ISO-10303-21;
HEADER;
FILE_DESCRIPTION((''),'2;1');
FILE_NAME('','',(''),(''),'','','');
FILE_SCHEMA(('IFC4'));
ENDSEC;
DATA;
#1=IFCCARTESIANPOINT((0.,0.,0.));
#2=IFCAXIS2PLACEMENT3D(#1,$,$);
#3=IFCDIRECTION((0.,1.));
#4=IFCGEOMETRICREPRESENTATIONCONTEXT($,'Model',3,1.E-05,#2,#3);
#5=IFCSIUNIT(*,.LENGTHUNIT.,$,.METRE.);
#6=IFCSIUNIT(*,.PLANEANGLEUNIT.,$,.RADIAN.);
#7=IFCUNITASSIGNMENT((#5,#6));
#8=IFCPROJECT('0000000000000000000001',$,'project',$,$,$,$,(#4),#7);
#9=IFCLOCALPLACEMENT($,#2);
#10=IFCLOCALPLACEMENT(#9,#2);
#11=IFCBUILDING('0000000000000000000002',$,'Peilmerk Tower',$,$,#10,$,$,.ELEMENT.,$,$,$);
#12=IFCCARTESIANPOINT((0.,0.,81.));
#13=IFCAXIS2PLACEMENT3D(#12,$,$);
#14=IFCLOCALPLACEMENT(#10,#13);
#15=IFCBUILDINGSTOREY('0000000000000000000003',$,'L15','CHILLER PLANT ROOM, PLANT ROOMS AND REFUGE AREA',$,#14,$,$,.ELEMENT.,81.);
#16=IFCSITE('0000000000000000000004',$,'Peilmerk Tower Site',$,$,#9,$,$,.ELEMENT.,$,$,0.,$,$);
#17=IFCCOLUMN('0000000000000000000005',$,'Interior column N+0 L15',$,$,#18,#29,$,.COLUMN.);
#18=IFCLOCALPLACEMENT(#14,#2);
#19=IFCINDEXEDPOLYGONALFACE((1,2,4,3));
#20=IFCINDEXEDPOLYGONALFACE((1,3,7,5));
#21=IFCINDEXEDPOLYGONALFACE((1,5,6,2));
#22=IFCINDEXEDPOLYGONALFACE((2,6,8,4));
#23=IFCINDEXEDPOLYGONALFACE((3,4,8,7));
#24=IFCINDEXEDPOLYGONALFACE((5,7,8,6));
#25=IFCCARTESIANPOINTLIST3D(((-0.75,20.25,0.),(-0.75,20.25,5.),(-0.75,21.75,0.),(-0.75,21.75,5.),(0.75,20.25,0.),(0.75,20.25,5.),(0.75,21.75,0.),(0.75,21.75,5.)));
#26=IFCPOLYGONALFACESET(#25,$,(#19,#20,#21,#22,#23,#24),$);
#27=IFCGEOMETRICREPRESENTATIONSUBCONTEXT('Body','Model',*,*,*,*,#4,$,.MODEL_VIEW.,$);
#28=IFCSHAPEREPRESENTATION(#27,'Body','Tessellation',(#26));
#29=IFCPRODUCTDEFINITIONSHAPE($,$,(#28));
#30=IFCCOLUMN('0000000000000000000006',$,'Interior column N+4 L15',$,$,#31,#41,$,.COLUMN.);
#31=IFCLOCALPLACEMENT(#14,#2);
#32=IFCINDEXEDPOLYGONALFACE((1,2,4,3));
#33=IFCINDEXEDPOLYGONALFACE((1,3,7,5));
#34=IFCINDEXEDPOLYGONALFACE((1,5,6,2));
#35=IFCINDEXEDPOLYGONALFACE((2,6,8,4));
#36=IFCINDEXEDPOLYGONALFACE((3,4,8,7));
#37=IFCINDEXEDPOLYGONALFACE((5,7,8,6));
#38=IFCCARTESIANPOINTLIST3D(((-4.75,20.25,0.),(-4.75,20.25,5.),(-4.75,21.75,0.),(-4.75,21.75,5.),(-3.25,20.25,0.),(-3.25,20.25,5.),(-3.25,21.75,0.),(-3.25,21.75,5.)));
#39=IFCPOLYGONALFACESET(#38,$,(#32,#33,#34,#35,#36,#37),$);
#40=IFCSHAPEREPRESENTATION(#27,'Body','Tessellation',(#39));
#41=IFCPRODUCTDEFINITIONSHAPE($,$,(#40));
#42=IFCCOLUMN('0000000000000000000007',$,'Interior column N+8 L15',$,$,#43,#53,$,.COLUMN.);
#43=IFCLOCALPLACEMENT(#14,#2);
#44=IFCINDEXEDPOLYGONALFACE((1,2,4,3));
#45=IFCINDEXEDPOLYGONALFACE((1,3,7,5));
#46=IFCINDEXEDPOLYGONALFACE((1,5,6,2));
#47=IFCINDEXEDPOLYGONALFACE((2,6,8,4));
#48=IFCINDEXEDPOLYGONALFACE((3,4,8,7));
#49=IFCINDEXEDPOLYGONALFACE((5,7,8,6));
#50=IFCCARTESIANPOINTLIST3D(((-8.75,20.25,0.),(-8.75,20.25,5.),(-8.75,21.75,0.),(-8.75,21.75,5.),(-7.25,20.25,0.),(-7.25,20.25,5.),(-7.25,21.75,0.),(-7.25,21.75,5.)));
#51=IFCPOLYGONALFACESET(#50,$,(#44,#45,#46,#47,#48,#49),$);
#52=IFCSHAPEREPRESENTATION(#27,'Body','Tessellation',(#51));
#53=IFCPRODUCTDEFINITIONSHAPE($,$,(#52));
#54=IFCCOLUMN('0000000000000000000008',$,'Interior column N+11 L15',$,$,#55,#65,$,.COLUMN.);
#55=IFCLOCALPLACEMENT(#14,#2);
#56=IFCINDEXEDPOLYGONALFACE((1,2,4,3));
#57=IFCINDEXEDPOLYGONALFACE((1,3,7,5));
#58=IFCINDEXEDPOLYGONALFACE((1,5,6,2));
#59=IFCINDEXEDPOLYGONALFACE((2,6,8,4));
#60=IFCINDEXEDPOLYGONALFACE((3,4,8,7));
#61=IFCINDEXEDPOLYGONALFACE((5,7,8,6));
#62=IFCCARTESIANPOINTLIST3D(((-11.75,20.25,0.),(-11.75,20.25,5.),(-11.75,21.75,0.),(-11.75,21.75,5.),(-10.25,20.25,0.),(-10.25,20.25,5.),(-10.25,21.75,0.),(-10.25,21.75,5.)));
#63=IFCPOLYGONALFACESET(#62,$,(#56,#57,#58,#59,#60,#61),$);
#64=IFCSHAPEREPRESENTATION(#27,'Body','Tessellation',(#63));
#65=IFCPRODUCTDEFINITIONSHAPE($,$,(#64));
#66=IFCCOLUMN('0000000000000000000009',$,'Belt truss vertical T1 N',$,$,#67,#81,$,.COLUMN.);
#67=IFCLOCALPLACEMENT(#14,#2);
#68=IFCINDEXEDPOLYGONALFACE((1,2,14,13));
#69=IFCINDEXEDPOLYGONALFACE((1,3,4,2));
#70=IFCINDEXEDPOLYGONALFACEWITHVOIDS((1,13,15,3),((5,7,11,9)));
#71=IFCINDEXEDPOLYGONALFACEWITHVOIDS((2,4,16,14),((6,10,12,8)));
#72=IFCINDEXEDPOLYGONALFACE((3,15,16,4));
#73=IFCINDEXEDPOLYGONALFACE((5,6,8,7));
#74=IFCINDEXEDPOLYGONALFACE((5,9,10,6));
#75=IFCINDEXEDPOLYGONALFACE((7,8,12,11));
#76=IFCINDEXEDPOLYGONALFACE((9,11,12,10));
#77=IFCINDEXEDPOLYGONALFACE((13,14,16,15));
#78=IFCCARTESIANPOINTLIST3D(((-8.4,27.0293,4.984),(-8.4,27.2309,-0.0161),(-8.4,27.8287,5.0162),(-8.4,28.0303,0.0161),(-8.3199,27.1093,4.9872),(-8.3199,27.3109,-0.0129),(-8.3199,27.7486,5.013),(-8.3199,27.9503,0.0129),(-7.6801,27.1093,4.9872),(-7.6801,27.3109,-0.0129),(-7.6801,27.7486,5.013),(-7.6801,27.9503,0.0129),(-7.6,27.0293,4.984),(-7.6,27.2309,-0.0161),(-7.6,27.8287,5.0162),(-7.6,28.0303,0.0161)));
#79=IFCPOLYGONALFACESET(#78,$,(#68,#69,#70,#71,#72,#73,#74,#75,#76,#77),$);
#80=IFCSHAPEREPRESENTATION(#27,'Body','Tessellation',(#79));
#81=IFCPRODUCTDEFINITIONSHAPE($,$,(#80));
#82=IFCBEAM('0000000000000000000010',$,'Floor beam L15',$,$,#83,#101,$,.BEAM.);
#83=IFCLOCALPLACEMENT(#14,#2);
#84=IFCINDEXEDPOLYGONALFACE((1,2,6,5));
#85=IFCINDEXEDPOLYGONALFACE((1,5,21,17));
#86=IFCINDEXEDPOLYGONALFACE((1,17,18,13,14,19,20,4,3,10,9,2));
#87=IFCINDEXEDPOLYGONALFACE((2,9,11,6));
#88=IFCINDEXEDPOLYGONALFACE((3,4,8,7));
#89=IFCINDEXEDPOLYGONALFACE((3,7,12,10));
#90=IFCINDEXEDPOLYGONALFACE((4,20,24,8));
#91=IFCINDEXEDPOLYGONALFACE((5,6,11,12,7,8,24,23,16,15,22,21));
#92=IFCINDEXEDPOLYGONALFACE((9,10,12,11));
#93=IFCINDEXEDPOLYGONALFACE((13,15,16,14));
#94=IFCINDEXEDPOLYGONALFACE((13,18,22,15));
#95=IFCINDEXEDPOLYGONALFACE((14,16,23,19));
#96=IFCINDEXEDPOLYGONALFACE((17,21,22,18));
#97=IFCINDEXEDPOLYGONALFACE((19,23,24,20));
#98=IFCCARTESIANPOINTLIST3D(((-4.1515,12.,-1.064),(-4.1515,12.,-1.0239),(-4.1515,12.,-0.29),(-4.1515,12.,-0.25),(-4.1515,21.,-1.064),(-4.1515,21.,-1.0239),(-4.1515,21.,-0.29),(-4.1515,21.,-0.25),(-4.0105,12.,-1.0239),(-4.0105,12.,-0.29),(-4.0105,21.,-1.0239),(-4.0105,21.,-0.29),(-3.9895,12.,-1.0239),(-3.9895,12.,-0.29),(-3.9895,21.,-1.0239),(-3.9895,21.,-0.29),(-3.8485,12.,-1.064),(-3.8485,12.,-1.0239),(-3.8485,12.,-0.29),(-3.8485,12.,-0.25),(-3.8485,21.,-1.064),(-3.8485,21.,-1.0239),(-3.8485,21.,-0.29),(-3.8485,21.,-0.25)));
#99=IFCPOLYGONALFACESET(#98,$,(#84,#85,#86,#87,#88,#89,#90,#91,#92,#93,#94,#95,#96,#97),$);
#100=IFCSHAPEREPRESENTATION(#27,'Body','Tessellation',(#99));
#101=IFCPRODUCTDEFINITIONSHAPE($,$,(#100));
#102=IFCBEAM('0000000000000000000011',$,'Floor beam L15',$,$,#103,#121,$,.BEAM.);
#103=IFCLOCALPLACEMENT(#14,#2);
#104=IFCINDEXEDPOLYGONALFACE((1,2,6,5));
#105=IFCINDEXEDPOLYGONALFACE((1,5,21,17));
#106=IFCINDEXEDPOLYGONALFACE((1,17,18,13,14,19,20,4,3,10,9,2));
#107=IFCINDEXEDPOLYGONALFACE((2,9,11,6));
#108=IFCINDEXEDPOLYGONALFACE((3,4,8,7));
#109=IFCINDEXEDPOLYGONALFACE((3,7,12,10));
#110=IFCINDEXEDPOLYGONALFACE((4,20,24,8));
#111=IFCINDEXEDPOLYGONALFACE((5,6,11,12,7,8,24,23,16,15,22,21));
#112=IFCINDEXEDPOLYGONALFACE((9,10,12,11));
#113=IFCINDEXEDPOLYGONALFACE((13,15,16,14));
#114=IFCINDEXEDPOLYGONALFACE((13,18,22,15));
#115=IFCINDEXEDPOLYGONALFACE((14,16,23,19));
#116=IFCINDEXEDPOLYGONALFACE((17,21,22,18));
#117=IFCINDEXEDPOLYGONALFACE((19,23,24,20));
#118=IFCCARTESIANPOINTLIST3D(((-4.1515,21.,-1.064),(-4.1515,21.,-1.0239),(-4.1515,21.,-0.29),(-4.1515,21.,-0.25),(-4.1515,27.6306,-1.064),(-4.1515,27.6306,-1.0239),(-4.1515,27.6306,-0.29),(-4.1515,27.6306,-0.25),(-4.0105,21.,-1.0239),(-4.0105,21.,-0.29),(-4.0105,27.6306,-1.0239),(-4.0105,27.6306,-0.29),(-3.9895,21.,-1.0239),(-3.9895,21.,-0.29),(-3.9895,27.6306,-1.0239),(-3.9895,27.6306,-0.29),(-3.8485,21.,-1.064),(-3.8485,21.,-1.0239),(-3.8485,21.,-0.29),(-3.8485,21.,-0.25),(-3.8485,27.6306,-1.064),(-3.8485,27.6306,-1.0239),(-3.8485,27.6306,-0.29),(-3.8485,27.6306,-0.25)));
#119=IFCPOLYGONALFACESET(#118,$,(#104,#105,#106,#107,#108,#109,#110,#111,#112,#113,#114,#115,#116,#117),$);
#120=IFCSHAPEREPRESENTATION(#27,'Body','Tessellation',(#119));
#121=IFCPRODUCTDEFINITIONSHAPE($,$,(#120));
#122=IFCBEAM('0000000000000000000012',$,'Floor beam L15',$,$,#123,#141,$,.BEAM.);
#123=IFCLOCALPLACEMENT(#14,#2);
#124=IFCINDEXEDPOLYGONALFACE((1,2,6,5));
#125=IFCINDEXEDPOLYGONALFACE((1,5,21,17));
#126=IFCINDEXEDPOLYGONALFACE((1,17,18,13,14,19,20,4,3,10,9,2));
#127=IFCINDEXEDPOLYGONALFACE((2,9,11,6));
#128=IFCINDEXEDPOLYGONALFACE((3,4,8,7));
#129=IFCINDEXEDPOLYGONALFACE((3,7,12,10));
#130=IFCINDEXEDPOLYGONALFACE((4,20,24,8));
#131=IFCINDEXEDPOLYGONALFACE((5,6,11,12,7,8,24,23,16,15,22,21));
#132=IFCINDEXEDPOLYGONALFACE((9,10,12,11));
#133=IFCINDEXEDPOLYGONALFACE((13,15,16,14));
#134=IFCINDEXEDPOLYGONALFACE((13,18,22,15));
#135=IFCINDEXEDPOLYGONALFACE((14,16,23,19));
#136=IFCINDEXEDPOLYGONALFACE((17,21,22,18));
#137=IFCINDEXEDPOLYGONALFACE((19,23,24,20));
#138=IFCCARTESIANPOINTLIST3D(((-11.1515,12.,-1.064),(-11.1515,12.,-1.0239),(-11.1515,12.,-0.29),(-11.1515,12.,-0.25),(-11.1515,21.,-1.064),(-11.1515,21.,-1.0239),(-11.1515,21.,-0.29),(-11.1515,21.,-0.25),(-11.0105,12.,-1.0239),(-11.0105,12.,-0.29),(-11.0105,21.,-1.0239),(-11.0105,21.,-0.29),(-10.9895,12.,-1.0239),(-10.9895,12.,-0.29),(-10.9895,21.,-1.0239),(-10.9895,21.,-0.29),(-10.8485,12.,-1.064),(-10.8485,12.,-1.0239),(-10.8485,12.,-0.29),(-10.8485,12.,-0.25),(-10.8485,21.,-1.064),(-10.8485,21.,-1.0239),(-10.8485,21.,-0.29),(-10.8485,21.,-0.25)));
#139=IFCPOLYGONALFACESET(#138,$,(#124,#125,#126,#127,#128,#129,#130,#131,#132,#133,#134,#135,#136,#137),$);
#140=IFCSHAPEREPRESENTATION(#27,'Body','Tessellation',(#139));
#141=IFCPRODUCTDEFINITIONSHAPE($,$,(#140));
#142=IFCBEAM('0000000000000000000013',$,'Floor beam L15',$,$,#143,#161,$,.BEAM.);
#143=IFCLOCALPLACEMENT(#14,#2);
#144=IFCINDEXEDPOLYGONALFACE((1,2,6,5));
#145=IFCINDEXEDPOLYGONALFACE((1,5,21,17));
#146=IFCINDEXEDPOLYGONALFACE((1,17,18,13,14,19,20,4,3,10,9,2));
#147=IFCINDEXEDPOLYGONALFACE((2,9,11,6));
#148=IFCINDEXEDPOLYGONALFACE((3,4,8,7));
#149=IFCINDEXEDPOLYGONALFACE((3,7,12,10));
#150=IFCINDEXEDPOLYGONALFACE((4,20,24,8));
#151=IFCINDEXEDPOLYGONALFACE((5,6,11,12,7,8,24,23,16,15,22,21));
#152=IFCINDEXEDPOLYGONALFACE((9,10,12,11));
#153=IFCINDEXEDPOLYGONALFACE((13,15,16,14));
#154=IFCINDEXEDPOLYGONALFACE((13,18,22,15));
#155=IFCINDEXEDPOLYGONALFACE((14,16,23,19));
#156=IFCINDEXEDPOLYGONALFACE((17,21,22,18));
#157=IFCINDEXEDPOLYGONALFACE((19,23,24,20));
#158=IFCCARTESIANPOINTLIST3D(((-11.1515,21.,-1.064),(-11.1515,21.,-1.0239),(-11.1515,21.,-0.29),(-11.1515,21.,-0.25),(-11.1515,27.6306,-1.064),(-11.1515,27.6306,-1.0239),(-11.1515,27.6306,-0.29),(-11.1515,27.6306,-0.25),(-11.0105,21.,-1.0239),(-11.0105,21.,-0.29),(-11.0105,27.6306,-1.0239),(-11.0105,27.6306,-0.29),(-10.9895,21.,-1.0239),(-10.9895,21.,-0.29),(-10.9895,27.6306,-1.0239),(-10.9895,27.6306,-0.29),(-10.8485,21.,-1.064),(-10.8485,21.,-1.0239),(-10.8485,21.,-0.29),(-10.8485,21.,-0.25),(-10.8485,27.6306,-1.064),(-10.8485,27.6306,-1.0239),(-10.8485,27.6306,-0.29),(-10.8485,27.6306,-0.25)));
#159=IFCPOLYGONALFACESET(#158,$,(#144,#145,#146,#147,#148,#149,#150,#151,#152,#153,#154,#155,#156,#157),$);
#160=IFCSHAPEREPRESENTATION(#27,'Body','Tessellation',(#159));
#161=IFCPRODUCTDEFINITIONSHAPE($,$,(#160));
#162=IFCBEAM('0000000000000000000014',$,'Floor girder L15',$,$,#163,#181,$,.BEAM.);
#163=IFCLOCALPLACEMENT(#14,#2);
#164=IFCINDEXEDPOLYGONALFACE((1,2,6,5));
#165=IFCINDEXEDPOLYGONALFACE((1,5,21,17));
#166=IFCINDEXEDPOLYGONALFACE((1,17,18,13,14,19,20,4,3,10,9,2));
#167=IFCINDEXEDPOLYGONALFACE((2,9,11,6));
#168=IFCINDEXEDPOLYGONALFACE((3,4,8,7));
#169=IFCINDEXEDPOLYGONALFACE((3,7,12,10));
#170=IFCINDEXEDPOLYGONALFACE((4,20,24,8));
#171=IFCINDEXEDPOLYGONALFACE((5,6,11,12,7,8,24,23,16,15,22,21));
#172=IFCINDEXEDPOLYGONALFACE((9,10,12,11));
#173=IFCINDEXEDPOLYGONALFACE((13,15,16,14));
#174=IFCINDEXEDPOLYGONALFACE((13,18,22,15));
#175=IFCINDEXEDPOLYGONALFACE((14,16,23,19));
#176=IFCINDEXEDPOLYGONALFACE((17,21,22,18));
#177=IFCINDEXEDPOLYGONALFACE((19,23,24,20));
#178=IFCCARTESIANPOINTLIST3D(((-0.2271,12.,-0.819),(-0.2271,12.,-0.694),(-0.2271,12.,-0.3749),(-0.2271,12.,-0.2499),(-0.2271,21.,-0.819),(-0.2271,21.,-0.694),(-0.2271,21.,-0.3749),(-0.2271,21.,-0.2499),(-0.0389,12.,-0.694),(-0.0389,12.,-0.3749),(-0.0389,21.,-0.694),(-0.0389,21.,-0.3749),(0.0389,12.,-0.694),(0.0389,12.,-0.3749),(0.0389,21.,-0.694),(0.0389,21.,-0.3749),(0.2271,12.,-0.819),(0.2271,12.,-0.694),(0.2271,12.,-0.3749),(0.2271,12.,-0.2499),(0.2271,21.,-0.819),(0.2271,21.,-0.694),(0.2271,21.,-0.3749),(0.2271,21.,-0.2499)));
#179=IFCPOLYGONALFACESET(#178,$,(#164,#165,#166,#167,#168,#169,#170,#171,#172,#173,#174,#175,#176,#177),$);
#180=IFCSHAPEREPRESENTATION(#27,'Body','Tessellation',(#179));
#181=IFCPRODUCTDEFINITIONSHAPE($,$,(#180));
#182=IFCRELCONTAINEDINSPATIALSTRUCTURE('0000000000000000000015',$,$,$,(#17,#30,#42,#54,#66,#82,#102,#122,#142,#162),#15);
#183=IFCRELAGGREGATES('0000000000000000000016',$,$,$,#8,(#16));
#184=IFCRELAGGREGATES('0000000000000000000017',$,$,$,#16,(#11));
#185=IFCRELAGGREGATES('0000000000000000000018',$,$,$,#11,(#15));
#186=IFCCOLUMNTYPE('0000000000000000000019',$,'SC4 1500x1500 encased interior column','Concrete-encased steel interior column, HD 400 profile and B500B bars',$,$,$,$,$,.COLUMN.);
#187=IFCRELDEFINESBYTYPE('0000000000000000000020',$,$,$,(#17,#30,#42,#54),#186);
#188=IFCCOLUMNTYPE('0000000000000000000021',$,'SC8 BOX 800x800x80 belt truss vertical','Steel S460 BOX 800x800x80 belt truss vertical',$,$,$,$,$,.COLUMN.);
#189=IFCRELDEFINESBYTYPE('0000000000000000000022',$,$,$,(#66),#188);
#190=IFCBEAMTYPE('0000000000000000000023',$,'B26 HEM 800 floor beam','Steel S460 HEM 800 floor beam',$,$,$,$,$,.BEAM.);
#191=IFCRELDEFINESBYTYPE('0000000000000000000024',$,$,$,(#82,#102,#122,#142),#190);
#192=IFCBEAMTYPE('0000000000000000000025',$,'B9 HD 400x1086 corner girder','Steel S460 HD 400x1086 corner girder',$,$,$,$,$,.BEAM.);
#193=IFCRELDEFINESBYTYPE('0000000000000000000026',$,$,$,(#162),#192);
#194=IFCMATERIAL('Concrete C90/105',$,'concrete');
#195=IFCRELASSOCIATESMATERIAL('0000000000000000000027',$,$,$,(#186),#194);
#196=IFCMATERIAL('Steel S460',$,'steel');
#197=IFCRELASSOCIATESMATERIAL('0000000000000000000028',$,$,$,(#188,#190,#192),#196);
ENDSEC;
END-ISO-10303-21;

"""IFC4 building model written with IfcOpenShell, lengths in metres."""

from ifc_helpers import new_model, si_unit, direction, frame, origin, origin_2d, place, context, subcontext, project, spatial, rectangle, hollow_rectangle, i_section, extrude, material, material_profile, profile_set, type_object, element, save


model = new_model("IFC4")

# Units and contexts
model_context = context("Model", 3, precision=1e-05, world=origin(), true_north=direction((0.0, 1.0)))
body_context = subcontext(model_context, "Body", "Model", "MODEL_VIEW")
ifc_project = project(units=[si_unit("LENGTHUNIT", "METRE"), si_unit("PLANEANGLEUNIT", "RADIAN")], contexts=[model_context])

# Site, building, storey
site_placement = place(None, origin())
site = spatial("IfcSite", under=ifc_project, at=site_placement, Name="Peilmerk Tower Site", CompositionType="ELEMENT", RefElevation=0.0)
building_placement = place(site_placement, origin())
building = spatial("IfcBuilding", under=site, at=building_placement, Name="Peilmerk Tower", CompositionType="ELEMENT")
storey_placement = place(building_placement, frame((0.0, 0.0, 81.0)))
storey = spatial("IfcBuildingStorey", under=building, at=storey_placement, Name="L15", Description="CHILLER PLANT ROOM, PLANT ROOMS AND REFUGE AREA", CompositionType="ELEMENT", Elevation=81.0)

# Columns
ifc_material_1 = material(Name="Concrete C90/105", Category="concrete")
ifc_material_profile_1 = material_profile(ifc_material_1, rectangle(XDim=1.5, YDim=1.5, at=origin_2d()), Name="RC 1500x1500")
ifc_profile_set_1 = profile_set([ifc_material_profile_1], Name="Concrete C90/105")
column_type_1 = type_object("IfcColumnType", Name="SC4 1500x1500 encased interior column", Description="Concrete-encased steel interior column, HD 400 profile and B500B bars", PredefinedType="COLUMN", material=ifc_profile_set_1)
for number, where, z_axis, x_axis, name in (
    (1, (0.0, 21.0, 0.0), (0.0, 0.0, 1.0), (1.0, 0.0, 0.0), "Interior column N+0 L15"),
    (2, (-4.0, 21.0, 0.0), (0.0, 0.0, 1.0), (1.0, 0.0, 0.0), "Interior column N+4 L15"),
    (3, (-8.0, 21.0, 0.0), (0.0, 0.0, 1.0), (1.0, 0.0, 0.0), "Interior column N+8 L15"),
    (4, (-11.0, 21.0, 0.0), (0.0, 0.0, 1.0), (1.0, 0.0, 0.0), "Interior column N+11 L15"),
):
    element("IfcColumn", number, at=place(storey_placement, frame(where, z_axis=z_axis, x_axis=x_axis)), inside=storey, type_object=column_type_1, Name=name, PredefinedType="COLUMN", context=body_context, shape_type="SweptSolid", body=[
        extrude(rectangle(XDim=1.5, YDim=1.5, at=origin_2d()), origin(), (0.0, 0.0, 1.0), 5.0),
    ])
ifc_material_2 = material(Name="Steel S460", Category="steel")
ifc_material_profile_2 = material_profile(ifc_material_2, hollow_rectangle(XDim=0.8, YDim=0.8, WallThickness=0.0801, at=origin_2d()), Name="BOX 800x800x80")
ifc_profile_set_2 = profile_set([ifc_material_profile_2], Name="Steel S460")
column_type_2 = type_object("IfcColumnType", Name="SC8 BOX 800x800x80 belt truss vertical", Description="Steel S460 BOX 800x800x80 belt truss vertical", PredefinedType="COLUMN", material=ifc_profile_set_2)
column_placement = place(storey_placement, frame((-8.0, 27.6306, 0.0), z_axis=(0.0, -0.040299, 0.999188), x_axis=(1.0, 0.0, 0.0)))
element("IfcColumn", 5, at=column_placement, inside=storey, type_object=column_type_2, Name="Belt truss vertical T1 N", PredefinedType="COLUMN", context=body_context, shape_type="SweptSolid", body=[
    extrude(hollow_rectangle(XDim=0.8, YDim=0.8, WallThickness=0.0801, at=origin_2d()), origin(), (0.0, 0.0, 1.0), 5.0042),
])

# Beams
ifc_material_profile_3 = material_profile(ifc_material_2, i_section(OverallWidth=0.303, OverallDepth=0.814, WebThickness=0.021, FlangeThickness=0.04, at=origin_2d()), Name="HEM 800")
ifc_profile_set_3 = profile_set([ifc_material_profile_3], Name="Steel S460")
beam_type_1 = type_object("IfcBeamType", Name="B26 HEM 800 floor beam", Description="Steel S460 HEM 800 floor beam", PredefinedType="BEAM", material=ifc_profile_set_3)
beam_1_placement = place(storey_placement, frame((-4.0, 12.0, -0.657), z_axis=(0.0, 1.0, 0.0), x_axis=(-1.0, 0.0, 0.0)))
element("IfcBeam", 6, at=beam_1_placement, inside=storey, type_object=beam_type_1, Name="Floor beam L15", PredefinedType="BEAM", context=body_context, shape_type="SweptSolid", body=[
    extrude(i_section(OverallWidth=0.303, OverallDepth=0.814, WebThickness=0.021, FlangeThickness=0.04, at=origin_2d()), origin(), (0.0, 0.0, 1.0), 9.0),
])
beam_2_placement = place(storey_placement, frame((-4.0, 21.0, -0.657), z_axis=(0.0, 1.0, 0.0), x_axis=(-1.0, 0.0, 0.0)))
element("IfcBeam", 7, at=beam_2_placement, inside=storey, type_object=beam_type_1, Name="Floor beam L15", PredefinedType="BEAM", context=body_context, shape_type="SweptSolid", body=[
    extrude(i_section(OverallWidth=0.303, OverallDepth=0.814, WebThickness=0.021, FlangeThickness=0.04, at=origin_2d()), origin(), (0.0, 0.0, 1.0), 6.6306),
])
beam_3_placement = place(storey_placement, frame((-11.0, 12.0, -0.657), z_axis=(0.0, 1.0, 0.0), x_axis=(-1.0, 0.0, 0.0)))
element("IfcBeam", 8, at=beam_3_placement, inside=storey, type_object=beam_type_1, Name="Floor beam L15", PredefinedType="BEAM", context=body_context, shape_type="SweptSolid", body=[
    extrude(i_section(OverallWidth=0.303, OverallDepth=0.814, WebThickness=0.021, FlangeThickness=0.04, at=origin_2d()), origin(), (0.0, 0.0, 1.0), 9.0),
])
beam_4_placement = place(storey_placement, frame((-11.0, 21.0, -0.657), z_axis=(0.0, 1.0, 0.0), x_axis=(-1.0, 0.0, 0.0)))
element("IfcBeam", 9, at=beam_4_placement, inside=storey, type_object=beam_type_1, Name="Floor beam L15", PredefinedType="BEAM", context=body_context, shape_type="SweptSolid", body=[
    extrude(i_section(OverallWidth=0.303, OverallDepth=0.814, WebThickness=0.021, FlangeThickness=0.04, at=origin_2d()), origin(), (0.0, 0.0, 1.0), 6.6306),
])
ifc_material_profile_4 = material_profile(ifc_material_2, i_section(OverallWidth=0.4541, OverallDepth=0.5691, WebThickness=0.0779, FlangeThickness=0.125, at=origin_2d()), Name="HD 400x1086")
ifc_profile_set_4 = profile_set([ifc_material_profile_4], Name="Steel S460")
beam_type_2 = type_object("IfcBeamType", Name="B9 HD 400x1086 corner girder", Description="Steel S460 HD 400x1086 corner girder", PredefinedType="BEAM", material=ifc_profile_set_4)
beam_5_placement = place(storey_placement, frame((0.0, 12.0, -0.5344), z_axis=(0.0, 1.0, 0.0), x_axis=(-1.0, 0.0, 0.0)))
element("IfcBeam", 10, at=beam_5_placement, inside=storey, type_object=beam_type_2, Name="Floor girder L15", PredefinedType="BEAM", context=body_context, shape_type="SweptSolid", body=[
    extrude(i_section(OverallWidth=0.4541, OverallDepth=0.5691, WebThickness=0.0779, FlangeThickness=0.125, at=origin_2d()), origin(), (0.0, 0.0, 1.0), 9.0),
])

save(model, "model.ifc")
